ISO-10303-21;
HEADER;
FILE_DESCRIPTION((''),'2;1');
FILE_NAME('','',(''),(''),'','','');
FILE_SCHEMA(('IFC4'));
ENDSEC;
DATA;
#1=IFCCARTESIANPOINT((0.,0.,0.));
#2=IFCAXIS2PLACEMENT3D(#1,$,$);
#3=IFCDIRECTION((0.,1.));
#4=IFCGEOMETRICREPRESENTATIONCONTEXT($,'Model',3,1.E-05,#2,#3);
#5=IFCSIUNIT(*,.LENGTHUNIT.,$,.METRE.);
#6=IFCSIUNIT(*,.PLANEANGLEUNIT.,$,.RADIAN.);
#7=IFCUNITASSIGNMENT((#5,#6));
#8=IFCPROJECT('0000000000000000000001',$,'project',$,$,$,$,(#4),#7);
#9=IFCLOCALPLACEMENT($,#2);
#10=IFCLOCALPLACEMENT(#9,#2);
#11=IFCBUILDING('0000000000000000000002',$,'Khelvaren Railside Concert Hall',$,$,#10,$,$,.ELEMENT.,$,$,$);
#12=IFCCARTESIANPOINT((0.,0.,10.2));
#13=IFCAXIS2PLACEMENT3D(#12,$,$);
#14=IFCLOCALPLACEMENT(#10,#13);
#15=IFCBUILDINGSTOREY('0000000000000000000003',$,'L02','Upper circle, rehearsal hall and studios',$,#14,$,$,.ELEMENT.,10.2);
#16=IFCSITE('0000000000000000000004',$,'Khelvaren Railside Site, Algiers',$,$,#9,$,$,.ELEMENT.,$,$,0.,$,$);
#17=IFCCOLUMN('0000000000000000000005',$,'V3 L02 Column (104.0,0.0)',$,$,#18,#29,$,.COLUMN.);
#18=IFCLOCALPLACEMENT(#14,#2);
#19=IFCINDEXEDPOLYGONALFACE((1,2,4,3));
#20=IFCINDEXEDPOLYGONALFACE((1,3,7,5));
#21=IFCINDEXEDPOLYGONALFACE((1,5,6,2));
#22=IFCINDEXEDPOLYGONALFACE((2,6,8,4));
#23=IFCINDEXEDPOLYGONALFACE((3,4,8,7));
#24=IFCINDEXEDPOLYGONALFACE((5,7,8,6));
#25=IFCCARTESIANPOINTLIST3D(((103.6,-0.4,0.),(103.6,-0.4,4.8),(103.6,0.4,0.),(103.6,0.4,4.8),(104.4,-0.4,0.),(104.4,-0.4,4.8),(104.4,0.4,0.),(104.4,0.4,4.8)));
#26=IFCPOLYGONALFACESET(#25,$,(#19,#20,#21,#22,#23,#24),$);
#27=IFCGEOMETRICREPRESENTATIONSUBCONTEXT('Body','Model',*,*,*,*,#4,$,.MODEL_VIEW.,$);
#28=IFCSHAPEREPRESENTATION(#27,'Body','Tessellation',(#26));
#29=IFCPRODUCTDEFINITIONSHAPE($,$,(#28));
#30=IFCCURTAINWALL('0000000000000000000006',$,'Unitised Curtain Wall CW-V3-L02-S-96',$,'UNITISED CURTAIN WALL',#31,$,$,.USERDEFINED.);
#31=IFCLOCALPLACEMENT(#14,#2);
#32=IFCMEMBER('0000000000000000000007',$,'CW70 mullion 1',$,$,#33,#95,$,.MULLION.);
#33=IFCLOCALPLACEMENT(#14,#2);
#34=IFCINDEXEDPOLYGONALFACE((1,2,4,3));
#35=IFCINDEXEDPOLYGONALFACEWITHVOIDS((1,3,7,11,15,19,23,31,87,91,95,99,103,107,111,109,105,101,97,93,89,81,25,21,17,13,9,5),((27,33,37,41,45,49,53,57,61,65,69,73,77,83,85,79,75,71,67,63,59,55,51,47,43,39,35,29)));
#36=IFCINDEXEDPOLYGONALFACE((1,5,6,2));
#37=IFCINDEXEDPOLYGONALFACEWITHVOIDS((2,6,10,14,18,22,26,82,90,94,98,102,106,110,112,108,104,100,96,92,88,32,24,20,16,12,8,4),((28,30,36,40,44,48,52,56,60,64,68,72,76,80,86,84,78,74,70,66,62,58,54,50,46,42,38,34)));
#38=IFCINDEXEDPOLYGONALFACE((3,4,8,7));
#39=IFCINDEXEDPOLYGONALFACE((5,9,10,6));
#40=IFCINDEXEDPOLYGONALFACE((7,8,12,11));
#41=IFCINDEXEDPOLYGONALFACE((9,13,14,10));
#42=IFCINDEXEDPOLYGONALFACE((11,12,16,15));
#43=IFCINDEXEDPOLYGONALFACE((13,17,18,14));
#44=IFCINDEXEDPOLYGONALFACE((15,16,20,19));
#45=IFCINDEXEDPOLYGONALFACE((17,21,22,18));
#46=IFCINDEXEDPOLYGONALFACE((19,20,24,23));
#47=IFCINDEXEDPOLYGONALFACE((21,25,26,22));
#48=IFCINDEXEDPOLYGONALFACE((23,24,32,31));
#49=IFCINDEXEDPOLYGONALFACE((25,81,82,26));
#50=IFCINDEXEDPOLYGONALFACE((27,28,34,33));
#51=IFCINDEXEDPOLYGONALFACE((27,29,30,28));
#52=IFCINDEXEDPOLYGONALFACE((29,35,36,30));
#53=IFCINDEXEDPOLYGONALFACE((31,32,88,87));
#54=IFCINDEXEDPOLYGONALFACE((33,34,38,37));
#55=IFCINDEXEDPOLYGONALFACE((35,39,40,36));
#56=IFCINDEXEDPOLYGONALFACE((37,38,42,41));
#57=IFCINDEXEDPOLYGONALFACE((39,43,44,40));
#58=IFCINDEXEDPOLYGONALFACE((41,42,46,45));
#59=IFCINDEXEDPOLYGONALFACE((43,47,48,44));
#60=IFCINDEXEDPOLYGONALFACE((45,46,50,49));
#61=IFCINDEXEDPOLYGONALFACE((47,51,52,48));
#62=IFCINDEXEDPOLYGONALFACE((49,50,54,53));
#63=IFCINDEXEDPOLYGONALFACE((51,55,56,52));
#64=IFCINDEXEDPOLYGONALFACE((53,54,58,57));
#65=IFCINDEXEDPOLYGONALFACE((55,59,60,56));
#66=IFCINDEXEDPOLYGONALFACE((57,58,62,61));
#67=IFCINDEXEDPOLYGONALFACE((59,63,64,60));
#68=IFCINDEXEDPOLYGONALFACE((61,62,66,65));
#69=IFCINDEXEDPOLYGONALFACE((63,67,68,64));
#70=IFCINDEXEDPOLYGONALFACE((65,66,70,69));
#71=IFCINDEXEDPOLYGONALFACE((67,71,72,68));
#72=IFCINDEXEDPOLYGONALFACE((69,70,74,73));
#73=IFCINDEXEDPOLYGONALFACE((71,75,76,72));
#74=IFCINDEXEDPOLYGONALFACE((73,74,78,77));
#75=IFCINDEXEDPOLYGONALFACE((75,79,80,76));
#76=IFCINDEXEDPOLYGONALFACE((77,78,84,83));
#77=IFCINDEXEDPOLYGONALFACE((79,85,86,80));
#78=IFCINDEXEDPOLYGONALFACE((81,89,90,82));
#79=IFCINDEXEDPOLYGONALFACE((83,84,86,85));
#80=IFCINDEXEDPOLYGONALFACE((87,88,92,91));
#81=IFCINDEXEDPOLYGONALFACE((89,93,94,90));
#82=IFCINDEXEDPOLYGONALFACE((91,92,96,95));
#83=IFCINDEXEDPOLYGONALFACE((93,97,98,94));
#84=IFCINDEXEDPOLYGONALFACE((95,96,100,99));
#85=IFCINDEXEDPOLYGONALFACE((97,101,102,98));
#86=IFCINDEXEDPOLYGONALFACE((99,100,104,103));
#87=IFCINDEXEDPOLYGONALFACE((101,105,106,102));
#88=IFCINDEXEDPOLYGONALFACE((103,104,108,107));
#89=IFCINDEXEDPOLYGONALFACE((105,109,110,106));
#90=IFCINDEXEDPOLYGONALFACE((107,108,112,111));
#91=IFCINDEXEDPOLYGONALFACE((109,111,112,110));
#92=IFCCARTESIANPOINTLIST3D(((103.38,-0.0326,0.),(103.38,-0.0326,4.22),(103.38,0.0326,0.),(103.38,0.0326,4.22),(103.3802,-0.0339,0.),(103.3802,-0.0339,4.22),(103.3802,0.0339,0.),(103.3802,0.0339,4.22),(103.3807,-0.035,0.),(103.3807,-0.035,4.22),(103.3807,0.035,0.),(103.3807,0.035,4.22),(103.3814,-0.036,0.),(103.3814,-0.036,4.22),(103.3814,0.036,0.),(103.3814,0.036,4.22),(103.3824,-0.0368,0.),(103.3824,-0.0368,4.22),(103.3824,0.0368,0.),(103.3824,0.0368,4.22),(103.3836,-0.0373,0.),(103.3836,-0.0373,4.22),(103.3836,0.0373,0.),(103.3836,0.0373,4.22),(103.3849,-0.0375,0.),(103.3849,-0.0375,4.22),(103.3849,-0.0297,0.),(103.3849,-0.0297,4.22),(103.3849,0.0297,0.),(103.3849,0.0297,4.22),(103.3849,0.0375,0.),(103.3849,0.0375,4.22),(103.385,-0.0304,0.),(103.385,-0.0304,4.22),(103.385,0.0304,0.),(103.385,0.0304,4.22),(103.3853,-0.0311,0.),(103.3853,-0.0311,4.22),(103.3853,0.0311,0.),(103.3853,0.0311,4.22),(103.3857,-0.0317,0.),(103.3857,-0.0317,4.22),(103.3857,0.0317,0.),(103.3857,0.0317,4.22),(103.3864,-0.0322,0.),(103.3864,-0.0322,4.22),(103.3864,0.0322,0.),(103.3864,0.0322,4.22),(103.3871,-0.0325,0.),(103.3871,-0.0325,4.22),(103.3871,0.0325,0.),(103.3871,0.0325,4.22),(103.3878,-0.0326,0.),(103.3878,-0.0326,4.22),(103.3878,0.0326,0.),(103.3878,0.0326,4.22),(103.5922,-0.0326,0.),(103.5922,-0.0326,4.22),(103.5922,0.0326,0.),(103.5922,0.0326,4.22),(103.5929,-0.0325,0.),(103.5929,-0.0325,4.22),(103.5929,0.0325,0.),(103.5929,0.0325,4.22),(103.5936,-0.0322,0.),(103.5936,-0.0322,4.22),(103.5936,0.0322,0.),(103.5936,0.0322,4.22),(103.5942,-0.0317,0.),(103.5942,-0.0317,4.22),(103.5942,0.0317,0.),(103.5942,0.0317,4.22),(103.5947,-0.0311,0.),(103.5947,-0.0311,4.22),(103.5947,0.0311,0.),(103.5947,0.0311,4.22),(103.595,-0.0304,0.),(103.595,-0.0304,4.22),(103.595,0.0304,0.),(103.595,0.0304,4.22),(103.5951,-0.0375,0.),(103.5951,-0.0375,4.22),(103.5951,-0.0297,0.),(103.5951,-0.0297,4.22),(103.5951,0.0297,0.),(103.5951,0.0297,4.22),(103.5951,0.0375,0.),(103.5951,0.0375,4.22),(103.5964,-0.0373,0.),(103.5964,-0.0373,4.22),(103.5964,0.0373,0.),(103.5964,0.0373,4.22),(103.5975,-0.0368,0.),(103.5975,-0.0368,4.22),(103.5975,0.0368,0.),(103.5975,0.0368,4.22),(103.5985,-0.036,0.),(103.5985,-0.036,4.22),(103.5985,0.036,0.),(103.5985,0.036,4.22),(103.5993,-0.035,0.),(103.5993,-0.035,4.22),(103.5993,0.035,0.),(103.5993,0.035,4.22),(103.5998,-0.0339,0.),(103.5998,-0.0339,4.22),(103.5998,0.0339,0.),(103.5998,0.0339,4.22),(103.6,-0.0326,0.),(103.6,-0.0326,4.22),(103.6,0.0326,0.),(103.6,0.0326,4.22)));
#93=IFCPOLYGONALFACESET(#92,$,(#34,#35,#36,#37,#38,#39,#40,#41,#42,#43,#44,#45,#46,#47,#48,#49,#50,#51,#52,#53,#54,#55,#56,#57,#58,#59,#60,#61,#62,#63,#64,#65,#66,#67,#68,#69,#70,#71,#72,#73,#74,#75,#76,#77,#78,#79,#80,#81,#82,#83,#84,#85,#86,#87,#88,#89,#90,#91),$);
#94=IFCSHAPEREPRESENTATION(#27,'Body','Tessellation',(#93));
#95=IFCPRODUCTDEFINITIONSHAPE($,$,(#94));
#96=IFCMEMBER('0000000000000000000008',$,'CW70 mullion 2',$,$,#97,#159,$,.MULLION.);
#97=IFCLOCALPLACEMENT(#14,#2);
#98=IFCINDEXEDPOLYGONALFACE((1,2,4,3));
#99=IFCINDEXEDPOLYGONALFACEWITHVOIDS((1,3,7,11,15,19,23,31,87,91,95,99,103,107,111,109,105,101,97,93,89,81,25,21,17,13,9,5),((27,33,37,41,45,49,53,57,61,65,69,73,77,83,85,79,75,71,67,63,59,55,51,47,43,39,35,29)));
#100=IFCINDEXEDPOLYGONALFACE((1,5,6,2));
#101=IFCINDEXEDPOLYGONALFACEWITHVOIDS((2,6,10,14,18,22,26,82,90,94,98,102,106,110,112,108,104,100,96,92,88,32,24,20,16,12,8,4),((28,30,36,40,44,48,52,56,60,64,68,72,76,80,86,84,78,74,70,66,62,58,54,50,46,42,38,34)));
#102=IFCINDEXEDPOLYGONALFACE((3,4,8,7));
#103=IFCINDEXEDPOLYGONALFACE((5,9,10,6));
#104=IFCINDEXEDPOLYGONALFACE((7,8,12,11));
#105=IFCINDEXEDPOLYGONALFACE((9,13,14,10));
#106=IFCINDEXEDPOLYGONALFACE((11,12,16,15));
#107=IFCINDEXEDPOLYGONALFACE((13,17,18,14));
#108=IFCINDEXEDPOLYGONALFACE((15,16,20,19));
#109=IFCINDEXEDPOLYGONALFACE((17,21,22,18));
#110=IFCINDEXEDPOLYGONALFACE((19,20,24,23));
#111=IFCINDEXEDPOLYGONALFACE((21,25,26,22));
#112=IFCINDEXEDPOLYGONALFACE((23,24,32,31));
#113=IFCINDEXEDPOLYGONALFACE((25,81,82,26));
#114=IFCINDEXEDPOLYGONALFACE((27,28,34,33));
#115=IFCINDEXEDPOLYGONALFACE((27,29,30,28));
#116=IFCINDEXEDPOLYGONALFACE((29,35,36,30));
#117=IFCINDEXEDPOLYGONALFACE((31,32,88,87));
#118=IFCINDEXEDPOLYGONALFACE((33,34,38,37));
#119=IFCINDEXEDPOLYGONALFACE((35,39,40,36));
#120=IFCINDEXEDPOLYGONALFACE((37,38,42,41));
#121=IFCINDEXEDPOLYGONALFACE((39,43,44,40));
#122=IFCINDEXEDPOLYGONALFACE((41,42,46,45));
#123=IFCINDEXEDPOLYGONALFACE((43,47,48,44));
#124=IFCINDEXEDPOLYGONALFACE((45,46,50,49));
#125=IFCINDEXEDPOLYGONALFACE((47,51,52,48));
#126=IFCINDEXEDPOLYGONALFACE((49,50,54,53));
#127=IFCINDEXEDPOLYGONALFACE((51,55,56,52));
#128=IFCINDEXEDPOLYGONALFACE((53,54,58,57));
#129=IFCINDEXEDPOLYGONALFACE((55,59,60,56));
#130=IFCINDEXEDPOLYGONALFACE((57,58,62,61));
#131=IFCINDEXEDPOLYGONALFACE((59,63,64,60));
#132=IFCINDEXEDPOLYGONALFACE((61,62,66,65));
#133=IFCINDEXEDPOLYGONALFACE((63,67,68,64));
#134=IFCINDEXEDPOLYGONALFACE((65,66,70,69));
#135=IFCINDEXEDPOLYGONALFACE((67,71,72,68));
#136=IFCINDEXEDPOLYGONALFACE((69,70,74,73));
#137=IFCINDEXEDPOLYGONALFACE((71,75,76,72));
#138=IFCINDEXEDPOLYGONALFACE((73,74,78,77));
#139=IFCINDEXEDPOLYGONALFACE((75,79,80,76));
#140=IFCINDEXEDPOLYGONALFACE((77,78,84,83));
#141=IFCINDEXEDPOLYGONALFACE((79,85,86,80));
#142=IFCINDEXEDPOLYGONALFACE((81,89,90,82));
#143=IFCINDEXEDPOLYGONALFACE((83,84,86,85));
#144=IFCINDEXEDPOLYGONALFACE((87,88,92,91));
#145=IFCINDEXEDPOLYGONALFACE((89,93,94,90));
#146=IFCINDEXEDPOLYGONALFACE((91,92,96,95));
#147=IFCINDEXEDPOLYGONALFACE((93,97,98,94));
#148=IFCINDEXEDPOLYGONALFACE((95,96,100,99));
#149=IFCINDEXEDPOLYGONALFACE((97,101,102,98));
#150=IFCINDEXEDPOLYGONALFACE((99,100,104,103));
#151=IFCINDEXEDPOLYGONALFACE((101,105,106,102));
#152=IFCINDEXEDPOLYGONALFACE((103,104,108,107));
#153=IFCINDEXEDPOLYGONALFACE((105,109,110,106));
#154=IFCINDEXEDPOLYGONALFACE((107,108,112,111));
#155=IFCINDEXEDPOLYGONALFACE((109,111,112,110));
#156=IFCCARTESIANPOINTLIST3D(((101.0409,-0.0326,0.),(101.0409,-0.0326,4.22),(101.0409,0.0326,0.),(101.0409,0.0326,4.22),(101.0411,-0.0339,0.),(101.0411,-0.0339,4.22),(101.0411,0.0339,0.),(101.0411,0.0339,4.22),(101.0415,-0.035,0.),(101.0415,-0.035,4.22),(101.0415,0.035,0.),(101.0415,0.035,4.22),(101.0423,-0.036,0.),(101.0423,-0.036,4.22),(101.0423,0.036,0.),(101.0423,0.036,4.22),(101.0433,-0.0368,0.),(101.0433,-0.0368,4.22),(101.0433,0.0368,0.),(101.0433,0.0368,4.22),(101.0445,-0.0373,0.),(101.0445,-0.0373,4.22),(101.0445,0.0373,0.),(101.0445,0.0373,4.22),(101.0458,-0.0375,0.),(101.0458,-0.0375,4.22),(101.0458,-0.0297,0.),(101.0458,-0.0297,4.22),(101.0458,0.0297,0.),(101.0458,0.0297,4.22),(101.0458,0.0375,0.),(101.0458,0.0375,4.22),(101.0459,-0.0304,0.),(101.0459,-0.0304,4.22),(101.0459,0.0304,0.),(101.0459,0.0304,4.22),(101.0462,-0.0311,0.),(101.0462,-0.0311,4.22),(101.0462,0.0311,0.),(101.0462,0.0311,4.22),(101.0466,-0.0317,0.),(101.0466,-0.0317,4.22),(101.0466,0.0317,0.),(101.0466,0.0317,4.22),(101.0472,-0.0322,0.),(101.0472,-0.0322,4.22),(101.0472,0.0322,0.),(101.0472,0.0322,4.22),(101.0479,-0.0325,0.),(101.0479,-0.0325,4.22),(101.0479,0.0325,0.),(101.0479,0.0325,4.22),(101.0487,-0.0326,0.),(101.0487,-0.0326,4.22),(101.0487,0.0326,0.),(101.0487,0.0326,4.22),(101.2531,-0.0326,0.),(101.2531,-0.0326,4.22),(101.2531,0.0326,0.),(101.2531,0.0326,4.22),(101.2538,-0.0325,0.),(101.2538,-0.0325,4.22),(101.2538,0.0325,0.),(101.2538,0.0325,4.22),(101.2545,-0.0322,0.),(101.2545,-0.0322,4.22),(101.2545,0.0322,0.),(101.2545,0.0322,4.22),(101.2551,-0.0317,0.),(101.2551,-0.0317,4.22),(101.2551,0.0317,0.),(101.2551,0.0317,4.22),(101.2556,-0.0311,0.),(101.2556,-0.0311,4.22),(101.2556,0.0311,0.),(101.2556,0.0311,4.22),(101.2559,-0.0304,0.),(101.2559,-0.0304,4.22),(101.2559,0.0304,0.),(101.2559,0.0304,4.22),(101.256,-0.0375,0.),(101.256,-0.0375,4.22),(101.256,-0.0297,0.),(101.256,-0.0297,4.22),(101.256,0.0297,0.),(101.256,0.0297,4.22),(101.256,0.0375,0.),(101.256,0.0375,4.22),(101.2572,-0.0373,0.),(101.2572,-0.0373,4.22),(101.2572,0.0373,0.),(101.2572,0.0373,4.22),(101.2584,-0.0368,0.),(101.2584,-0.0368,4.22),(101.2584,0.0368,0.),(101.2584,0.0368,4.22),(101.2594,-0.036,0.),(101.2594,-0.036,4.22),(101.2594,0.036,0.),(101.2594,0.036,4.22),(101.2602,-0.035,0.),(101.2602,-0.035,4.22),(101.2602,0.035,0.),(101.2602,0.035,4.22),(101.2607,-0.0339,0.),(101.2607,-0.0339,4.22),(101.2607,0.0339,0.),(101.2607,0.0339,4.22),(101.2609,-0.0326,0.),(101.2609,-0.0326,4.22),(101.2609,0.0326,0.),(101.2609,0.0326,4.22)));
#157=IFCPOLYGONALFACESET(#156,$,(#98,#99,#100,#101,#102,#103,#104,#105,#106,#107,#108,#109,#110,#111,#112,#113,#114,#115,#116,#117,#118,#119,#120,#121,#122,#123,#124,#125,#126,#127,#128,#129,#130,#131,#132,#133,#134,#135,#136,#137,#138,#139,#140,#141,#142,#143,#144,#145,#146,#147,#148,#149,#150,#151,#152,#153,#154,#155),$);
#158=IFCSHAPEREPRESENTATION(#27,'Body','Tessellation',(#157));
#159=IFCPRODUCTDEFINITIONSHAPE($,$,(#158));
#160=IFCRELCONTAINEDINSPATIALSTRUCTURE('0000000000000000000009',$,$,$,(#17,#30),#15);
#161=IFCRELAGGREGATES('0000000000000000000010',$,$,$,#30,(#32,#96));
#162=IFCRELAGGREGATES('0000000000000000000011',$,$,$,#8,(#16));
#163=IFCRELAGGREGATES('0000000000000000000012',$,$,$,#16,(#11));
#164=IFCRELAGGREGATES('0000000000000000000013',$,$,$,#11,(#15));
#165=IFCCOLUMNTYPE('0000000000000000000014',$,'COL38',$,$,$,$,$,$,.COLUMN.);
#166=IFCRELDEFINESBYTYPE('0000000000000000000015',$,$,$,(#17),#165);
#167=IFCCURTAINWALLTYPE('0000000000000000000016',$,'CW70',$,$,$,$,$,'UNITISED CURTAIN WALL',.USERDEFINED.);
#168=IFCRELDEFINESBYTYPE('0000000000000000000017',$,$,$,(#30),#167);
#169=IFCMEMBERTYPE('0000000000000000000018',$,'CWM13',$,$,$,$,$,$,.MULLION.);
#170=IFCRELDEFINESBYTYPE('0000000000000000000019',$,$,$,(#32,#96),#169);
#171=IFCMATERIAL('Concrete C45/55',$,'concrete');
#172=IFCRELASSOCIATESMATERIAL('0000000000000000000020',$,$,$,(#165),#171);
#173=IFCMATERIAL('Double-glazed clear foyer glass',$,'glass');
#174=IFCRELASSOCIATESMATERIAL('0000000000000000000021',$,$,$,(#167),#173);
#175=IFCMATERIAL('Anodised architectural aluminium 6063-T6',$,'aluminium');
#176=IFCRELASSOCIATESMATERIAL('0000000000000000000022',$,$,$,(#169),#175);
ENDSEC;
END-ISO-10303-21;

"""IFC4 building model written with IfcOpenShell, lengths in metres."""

from ifc_helpers import new_model, si_unit, direction, frame, origin, origin_2d, place, context, subcontext, project, spatial, rectangle, hollow_rectangle, extrude, material, material_profile, profile_set, type_object, element, aggregate, save


model = new_model("IFC4")

# Units and contexts
model_context = context("Model", 3, precision=1e-05, world=origin(), true_north=direction((0.0, 1.0)))
body_context = subcontext(model_context, "Body", "Model", "MODEL_VIEW")
ifc_project = project(units=[si_unit("LENGTHUNIT", "METRE"), si_unit("PLANEANGLEUNIT", "RADIAN")], contexts=[model_context])

# Site, building, storey
site_placement = place(None, origin())
site = spatial("IfcSite", under=ifc_project, at=site_placement, Name="Khelvaren Railside Site, Algiers", CompositionType="ELEMENT", RefElevation=0.0)
building_placement = place(site_placement, origin())
building = spatial("IfcBuilding", under=site, at=building_placement, Name="Khelvaren Railside Concert Hall", CompositionType="ELEMENT")
storey_placement = place(building_placement, frame((0.0, 0.0, 10.2)))
storey = spatial("IfcBuildingStorey", under=building, at=storey_placement, Name="L02", Description="Upper circle, rehearsal hall and studios", CompositionType="ELEMENT", Elevation=10.2)

# Column
ifc_material_1 = material(Name="Concrete C45/55", Category="concrete")
ifc_material_profile_1 = material_profile(ifc_material_1, rectangle(XDim=0.8, YDim=0.8, at=origin_2d()), Name="RC 800x800")
ifc_profile_set_1 = profile_set([ifc_material_profile_1], Name="Concrete C45/55")
column_type = type_object("IfcColumnType", Name="COL38", PredefinedType="COLUMN", material=ifc_profile_set_1)
column_placement = place(storey_placement, frame((104.0, 0.0, 0.0), z_axis=(0.0, 0.0, 1.0), x_axis=(1.0, 0.0, 0.0)))
element("IfcColumn", 1, at=column_placement, inside=storey, type_object=column_type, Name="V3 L02 Column (104.0,0.0)", PredefinedType="COLUMN", context=body_context, shape_type="SweptSolid", body=[
    extrude(rectangle(XDim=0.8, YDim=0.8, at=origin_2d()), origin(), (0.0, 0.0, 1.0), 4.8),
])

# Curtain wall, members
ifc_material_2 = material(Name="Double-glazed clear foyer glass", Category="glass")
curtain_wall_type_1 = type_object("IfcCurtainWallType", Name="CW70", ElementType="UNITISED CURTAIN WALL", PredefinedType="USERDEFINED", material=ifc_material_2)
curtain_wall_1_placement = place(storey_placement, origin())
curtain_wall_1 = element("IfcCurtainWall", 2, at=curtain_wall_1_placement, inside=storey, type_object=curtain_wall_type_1, Name="Unitised Curtain Wall CW-V3-L02-S-96", ObjectType="UNITISED CURTAIN WALL", PredefinedType="USERDEFINED")
ifc_material_3 = material(Name="Anodised architectural aluminium 6063-T6", Category="aluminium")
ifc_material_profile_2 = material_profile(ifc_material_3, hollow_rectangle(XDim=0.075, YDim=0.22, WallThickness=0.0049, InnerFilletRadius=0.0029, OuterFilletRadius=0.0049, at=origin_2d()), Name="CWM 75x220x5")
ifc_profile_set_2 = profile_set([ifc_material_profile_2], Name="Anodised architectural aluminium 6063-T6")
member_type_1 = type_object("IfcMemberType", Name="CWM13", PredefinedType="MULLION", material=ifc_profile_set_2)
member_1_placement = place(storey_placement, frame((103.49, 0.0, 0.0), z_axis=(0.0, 0.0, 1.0), x_axis=(0.0, -1.0, 0.0)))
member_1 = element("IfcMember", 3, at=member_1_placement, type_object=member_type_1, Name="CW70 mullion 1", PredefinedType="MULLION", context=body_context, shape_type="SweptSolid", body=[
    extrude(hollow_rectangle(XDim=0.075, YDim=0.22, WallThickness=0.0049, InnerFilletRadius=0.0029, OuterFilletRadius=0.0049, at=origin_2d()), origin(), (0.0, 0.0, 1.0), 4.22),
])
member_2_placement = place(storey_placement, frame((101.1509, 0.0, 0.0), z_axis=(0.0, 0.0, 1.0), x_axis=(0.0, -1.0, 0.0)))
member_2 = element("IfcMember", 4, at=member_2_placement, type_object=member_type_1, Name="CW70 mullion 2", PredefinedType="MULLION", context=body_context, shape_type="SweptSolid", body=[
    extrude(hollow_rectangle(XDim=0.075, YDim=0.22, WallThickness=0.0049, InnerFilletRadius=0.0029, OuterFilletRadius=0.0049, at=origin_2d()), origin(), (0.0, 0.0, 1.0), 4.22),
])

aggregate(curtain_wall_1, [member_1, member_2])

save(model, "model.ifc")
